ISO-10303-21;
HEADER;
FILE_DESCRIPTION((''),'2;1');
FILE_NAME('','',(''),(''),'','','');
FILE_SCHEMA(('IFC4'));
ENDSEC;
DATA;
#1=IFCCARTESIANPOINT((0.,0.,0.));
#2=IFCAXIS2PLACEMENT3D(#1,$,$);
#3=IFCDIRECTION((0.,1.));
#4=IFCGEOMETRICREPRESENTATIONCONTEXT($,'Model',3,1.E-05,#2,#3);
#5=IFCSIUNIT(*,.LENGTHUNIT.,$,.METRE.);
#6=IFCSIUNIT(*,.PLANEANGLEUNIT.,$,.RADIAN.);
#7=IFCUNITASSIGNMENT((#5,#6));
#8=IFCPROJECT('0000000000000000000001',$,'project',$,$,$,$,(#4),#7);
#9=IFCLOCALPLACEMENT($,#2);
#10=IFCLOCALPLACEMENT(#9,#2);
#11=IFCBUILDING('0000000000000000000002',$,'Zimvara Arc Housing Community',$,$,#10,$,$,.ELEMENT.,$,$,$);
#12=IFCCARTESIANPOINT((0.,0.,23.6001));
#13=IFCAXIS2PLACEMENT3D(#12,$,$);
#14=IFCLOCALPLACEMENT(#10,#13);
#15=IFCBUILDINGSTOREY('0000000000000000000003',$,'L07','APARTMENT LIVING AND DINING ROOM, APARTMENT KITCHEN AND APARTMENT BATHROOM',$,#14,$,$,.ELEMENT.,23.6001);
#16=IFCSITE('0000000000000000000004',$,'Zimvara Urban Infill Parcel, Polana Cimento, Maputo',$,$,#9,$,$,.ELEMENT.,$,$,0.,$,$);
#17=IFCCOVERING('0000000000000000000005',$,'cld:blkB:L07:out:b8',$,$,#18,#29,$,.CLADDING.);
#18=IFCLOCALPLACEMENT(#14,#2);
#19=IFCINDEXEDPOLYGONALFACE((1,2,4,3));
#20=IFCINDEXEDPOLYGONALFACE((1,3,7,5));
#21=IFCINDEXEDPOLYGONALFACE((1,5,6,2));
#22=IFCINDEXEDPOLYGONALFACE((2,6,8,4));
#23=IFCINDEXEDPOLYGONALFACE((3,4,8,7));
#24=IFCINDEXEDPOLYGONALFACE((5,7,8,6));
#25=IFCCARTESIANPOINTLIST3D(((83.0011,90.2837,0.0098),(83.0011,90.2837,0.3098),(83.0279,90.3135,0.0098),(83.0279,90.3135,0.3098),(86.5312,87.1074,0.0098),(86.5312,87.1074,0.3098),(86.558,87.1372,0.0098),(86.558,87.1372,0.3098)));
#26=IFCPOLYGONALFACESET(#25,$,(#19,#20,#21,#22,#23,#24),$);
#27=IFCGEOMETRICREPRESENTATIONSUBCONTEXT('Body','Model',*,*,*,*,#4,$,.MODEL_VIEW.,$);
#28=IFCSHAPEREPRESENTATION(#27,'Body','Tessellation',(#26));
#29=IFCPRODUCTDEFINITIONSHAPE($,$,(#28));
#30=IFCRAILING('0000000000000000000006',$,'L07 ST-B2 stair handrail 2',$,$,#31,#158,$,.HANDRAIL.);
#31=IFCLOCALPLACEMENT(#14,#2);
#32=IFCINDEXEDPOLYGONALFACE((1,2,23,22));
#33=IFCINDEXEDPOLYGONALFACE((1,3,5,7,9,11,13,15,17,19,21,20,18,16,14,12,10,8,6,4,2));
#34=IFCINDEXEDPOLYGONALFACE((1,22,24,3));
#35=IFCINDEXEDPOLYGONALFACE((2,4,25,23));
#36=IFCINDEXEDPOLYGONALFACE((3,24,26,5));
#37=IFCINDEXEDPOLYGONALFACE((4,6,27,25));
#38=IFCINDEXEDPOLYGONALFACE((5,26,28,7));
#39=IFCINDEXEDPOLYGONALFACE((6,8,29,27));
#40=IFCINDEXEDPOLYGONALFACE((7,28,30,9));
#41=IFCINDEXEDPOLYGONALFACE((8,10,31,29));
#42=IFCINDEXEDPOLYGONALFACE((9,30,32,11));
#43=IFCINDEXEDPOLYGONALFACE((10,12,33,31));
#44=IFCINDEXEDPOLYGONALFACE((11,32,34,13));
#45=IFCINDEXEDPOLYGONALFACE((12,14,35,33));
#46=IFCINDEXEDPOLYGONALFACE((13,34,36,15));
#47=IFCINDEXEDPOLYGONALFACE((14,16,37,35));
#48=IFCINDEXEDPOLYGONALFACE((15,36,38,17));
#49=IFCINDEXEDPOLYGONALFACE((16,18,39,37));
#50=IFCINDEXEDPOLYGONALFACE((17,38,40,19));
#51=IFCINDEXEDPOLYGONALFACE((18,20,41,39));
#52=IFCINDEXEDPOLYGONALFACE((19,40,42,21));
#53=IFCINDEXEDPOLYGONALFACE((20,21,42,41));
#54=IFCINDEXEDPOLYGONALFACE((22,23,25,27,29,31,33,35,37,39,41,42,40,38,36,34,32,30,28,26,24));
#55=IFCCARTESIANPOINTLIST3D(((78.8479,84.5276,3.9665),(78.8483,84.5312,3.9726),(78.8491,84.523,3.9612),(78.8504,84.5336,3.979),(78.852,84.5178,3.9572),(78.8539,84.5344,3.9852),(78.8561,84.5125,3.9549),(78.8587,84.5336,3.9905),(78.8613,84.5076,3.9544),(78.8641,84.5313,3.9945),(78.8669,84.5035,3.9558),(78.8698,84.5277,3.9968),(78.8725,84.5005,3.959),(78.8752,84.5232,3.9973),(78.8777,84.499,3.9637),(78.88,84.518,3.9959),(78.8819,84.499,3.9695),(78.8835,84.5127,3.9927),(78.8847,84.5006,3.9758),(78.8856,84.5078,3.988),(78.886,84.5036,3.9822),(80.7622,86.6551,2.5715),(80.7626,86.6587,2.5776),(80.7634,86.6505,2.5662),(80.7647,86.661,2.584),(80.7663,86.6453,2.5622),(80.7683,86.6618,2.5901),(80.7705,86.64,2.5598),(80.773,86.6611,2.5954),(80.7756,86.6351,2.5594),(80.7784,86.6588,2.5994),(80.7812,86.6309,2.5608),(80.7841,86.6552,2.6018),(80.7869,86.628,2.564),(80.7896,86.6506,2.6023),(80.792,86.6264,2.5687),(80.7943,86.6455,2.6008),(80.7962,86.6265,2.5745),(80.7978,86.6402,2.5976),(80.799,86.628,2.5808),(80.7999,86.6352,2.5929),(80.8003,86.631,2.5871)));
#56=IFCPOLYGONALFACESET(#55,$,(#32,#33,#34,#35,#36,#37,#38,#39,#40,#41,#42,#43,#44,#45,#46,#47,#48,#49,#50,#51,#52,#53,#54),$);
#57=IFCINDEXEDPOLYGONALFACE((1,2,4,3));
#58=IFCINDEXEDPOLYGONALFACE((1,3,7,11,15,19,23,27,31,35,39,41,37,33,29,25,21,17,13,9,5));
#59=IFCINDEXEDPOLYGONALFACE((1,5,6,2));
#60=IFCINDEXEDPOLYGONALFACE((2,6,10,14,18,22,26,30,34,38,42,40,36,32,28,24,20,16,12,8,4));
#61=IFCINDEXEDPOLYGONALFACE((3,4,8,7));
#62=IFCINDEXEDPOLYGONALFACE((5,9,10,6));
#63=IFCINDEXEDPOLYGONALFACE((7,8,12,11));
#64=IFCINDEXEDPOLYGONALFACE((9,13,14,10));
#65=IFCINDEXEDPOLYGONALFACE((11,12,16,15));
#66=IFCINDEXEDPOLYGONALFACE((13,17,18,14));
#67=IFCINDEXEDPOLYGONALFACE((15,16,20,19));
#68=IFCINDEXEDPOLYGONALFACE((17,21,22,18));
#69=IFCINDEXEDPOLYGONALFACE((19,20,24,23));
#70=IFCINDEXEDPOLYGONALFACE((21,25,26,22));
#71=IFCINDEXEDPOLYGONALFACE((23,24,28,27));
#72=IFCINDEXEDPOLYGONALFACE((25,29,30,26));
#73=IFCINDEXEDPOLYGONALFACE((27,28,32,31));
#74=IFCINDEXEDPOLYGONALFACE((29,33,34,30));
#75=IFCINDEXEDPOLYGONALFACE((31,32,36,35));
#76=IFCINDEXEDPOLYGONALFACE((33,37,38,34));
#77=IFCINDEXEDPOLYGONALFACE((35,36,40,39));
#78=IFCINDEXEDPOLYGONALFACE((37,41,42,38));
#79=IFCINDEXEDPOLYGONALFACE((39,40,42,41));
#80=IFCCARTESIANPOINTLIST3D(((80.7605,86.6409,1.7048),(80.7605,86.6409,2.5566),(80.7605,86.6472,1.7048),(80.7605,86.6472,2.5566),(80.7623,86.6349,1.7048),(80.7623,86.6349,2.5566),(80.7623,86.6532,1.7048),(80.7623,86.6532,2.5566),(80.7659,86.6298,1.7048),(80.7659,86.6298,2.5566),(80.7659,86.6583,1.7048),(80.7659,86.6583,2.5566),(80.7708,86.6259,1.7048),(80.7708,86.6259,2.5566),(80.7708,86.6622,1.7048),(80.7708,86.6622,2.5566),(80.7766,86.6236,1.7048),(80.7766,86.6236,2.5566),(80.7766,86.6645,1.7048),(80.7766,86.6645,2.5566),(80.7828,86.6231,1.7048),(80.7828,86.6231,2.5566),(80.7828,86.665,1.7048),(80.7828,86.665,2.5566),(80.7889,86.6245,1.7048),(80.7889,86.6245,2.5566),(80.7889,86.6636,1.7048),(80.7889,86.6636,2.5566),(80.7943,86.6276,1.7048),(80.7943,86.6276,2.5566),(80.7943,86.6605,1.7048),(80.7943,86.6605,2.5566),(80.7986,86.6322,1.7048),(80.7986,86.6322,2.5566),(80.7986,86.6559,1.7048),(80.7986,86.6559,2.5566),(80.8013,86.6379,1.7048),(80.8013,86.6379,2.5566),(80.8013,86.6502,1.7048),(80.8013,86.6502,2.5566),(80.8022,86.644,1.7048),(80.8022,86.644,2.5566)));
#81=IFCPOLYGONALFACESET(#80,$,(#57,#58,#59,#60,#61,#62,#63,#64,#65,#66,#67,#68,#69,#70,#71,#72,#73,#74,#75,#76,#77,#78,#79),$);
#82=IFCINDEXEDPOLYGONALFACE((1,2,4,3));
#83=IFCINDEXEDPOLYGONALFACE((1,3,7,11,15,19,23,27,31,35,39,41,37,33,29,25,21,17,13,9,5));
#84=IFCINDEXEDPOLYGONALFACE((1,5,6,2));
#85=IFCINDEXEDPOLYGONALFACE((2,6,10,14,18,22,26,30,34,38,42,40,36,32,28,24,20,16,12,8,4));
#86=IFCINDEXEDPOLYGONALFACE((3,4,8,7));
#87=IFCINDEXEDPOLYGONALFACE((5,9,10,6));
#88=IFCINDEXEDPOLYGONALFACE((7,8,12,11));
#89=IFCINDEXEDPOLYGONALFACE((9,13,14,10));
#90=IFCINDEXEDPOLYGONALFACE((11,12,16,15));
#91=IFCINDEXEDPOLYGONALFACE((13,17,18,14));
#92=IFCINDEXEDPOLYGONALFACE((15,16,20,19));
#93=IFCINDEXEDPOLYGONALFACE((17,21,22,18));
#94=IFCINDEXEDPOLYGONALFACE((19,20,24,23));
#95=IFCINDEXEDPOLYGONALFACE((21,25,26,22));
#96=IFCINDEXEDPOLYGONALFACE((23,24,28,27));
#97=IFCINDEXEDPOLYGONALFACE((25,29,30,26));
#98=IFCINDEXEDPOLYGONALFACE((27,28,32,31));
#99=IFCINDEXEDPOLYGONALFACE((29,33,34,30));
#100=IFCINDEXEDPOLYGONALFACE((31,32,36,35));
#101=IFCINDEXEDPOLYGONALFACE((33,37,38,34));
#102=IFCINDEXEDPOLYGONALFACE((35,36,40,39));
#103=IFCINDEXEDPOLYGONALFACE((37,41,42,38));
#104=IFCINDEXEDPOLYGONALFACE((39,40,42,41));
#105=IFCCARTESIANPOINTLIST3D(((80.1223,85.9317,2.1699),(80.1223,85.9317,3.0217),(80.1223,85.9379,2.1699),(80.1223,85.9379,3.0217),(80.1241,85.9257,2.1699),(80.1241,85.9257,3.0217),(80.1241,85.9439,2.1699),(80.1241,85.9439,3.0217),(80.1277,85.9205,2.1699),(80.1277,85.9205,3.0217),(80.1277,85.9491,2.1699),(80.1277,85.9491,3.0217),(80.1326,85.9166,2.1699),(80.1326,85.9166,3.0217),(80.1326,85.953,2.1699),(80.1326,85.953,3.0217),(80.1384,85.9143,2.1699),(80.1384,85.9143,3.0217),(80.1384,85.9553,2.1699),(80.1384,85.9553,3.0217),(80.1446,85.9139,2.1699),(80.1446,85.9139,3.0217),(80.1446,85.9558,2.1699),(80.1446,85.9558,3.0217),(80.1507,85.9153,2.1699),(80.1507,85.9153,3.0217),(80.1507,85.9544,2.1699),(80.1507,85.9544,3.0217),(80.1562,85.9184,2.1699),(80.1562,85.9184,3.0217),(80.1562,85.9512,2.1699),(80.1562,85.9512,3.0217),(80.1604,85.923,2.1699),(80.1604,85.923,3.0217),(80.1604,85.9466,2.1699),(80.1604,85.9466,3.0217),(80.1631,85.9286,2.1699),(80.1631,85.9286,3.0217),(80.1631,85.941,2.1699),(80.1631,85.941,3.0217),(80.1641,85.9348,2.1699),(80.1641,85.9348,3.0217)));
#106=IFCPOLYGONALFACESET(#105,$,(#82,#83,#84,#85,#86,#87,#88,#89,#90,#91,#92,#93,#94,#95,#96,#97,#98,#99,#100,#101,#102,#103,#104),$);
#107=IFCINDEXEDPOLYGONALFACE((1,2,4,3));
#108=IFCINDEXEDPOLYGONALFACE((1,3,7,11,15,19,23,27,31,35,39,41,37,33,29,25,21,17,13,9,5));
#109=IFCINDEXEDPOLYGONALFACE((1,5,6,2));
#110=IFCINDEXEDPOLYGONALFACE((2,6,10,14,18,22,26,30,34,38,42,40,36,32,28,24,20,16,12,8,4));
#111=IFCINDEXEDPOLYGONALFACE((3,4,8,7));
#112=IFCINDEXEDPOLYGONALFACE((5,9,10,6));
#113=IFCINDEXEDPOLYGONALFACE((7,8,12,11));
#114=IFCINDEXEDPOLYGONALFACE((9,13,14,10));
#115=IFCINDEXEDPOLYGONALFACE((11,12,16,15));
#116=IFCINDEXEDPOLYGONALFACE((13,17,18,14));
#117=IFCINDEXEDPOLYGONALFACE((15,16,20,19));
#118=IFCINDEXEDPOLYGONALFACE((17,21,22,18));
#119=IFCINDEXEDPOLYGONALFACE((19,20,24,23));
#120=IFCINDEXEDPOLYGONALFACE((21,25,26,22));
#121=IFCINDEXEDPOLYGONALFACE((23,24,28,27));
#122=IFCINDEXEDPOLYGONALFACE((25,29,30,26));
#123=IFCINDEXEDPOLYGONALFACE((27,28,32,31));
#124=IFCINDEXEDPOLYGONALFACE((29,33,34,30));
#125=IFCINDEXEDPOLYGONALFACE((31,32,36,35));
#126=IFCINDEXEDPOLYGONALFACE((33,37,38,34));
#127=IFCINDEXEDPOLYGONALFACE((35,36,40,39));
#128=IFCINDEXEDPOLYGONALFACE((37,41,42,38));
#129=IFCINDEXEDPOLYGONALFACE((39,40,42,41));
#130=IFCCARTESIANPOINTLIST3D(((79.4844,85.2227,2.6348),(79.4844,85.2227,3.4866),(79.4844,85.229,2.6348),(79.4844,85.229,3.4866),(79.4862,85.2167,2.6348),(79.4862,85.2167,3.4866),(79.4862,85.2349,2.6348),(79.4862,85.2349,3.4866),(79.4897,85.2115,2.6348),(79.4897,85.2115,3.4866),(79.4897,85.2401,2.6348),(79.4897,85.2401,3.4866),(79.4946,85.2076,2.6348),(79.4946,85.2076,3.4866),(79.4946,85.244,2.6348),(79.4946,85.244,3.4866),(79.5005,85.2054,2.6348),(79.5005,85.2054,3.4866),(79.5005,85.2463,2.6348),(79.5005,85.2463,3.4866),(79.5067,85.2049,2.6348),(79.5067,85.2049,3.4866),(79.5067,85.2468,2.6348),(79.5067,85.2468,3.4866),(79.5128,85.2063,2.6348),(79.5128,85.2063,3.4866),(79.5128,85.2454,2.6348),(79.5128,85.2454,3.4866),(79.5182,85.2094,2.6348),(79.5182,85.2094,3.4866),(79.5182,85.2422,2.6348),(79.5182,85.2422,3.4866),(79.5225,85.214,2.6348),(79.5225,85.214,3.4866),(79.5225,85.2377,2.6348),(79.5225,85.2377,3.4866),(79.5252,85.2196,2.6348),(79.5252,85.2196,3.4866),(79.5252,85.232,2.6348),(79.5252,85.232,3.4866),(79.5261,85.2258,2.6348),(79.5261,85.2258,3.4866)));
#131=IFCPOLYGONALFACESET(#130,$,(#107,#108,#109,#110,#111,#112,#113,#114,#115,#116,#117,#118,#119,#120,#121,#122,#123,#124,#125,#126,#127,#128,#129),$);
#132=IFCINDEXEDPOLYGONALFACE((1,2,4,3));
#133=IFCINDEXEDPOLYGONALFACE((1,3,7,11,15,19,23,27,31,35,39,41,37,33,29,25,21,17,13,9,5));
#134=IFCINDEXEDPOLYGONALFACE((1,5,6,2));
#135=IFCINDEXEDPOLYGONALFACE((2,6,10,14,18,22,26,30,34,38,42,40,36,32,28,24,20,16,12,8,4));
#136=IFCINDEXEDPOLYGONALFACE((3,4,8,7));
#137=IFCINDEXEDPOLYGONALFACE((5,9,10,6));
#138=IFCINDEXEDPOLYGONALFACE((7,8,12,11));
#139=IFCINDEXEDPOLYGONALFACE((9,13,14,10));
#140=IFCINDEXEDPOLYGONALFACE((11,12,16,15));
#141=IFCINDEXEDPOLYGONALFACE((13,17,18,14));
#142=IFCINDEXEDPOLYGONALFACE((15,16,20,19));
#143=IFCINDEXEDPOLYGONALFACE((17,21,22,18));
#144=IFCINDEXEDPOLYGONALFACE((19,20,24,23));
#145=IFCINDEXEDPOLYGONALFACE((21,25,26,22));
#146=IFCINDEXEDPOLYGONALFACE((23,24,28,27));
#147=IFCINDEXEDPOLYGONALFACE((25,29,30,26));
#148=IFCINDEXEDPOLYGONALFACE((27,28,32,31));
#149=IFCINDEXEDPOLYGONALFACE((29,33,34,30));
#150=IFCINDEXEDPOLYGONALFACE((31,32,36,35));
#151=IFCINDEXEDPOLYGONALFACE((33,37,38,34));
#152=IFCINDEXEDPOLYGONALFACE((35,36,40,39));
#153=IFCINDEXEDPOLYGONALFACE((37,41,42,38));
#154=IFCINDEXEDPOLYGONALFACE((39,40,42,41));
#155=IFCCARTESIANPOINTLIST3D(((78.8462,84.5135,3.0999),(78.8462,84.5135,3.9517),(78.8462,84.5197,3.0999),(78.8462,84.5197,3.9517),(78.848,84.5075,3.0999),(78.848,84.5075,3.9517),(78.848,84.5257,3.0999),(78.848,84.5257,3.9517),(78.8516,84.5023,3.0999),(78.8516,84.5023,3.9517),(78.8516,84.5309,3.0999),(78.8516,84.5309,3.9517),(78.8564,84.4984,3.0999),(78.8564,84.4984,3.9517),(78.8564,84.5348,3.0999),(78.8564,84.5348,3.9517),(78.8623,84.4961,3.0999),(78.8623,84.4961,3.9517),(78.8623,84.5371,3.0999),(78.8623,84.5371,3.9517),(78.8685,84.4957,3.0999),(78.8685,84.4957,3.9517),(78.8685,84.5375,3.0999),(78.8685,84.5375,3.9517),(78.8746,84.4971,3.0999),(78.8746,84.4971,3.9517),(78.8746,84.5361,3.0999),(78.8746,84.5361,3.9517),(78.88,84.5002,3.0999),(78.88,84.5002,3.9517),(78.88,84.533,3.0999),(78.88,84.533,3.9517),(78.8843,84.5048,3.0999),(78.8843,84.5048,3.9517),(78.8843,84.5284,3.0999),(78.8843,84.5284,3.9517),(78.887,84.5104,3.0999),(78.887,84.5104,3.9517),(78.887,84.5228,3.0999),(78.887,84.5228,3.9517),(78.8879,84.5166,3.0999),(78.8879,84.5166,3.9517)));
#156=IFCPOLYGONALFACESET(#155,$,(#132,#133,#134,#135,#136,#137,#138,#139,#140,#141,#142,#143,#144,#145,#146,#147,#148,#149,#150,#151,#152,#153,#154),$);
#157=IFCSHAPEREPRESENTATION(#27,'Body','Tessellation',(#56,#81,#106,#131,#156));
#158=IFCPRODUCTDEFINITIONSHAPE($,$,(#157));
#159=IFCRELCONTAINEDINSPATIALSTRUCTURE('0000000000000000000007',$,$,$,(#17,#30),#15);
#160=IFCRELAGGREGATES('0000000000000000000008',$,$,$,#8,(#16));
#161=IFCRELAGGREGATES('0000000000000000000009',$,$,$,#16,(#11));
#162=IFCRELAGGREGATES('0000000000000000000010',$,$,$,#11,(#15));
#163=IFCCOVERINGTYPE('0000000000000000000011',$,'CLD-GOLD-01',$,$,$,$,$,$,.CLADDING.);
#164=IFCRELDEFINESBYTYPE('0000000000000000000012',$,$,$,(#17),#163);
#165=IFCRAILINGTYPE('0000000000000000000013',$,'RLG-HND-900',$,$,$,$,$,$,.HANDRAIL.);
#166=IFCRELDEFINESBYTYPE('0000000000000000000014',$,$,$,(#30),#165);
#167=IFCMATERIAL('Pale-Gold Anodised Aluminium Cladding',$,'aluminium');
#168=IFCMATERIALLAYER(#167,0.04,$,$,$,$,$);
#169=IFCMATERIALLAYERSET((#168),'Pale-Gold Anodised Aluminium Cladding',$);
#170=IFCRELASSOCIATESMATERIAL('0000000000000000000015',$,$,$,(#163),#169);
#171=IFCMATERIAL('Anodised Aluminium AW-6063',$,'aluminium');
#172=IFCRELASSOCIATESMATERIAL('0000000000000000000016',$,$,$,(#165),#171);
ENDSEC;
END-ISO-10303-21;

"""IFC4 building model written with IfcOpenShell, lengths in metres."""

from ifc_helpers import new_model, si_unit, direction, frame, origin, origin_2d, place, context, subcontext, project, spatial, rectangle, circle, extrude, material, layer, layer_set, type_object, element, save


model = new_model("IFC4")

# Units and contexts
model_context = context("Model", 3, precision=1e-05, world=origin(), true_north=direction((0.0, 1.0)))
body_context = subcontext(model_context, "Body", "Model", "MODEL_VIEW")
ifc_project = project(units=[si_unit("LENGTHUNIT", "METRE"), si_unit("PLANEANGLEUNIT", "RADIAN")], contexts=[model_context])

# Site, building, storey
site_placement = place(None, origin())
site = spatial("IfcSite", under=ifc_project, at=site_placement, Name="Zimvara Urban Infill Parcel, Polana Cimento, Maputo", CompositionType="ELEMENT", RefElevation=0.0)
building_placement = place(site_placement, origin())
building = spatial("IfcBuilding", under=site, at=building_placement, Name="Zimvara Arc Housing Community", CompositionType="ELEMENT")
storey_placement = place(building_placement, frame((0.0, 0.0, 23.6001)))
storey = spatial("IfcBuildingStorey", under=building, at=storey_placement, Name="L07", Description="APARTMENT LIVING AND DINING ROOM, APARTMENT KITCHEN AND APARTMENT BATHROOM", CompositionType="ELEMENT", Elevation=23.6001)

# Covering
ifc_material_1 = material(Name="Pale-Gold Anodised Aluminium Cladding", Category="aluminium")
ifc_layer_1 = layer(ifc_material_1, 0.04)
ifc_layer_set_1 = layer_set([ifc_layer_1], Name="Pale-Gold Anodised Aluminium Cladding")
covering_type = type_object("IfcCoveringType", Name="CLD-GOLD-01", PredefinedType="CLADDING", material=ifc_layer_set_1)
covering_placement = place(storey_placement, frame((84.7795, 88.7104, 0.0098), z_axis=(0.0, 0.0, 1.0), x_axis=(0.743377, -0.668872, 0.0)))
element("IfcCovering", 1, at=covering_placement, inside=storey, type_object=covering_type, Name="cld:blkB:L07:out:b8", PredefinedType="CLADDING", context=body_context, shape_type="SweptSolid", body=[
    extrude(rectangle(XDim=4.7488, YDim=0.04, at=origin_2d()), origin(), (0.0, 0.0, 1.0), 0.3),
])

# Railing
ifc_material_2 = material(Name="Anodised Aluminium AW-6063", Category="aluminium")
railing_type = type_object("IfcRailingType", Name="RLG-HND-900", PredefinedType="HANDRAIL", material=ifc_material_2)
railing_placement = place(storey_placement, frame((80.7812, 86.644, 1.7048)))
element("IfcRailing", 2, at=railing_placement, inside=storey, type_object=railing_type, Name="L07 ST-B2 stair handrail 2", PredefinedType="HANDRAIL", context=body_context, shape_type="SweptSolid", body=[
    extrude(circle(Radius=0.0239, at=origin_2d()), frame((0.0, 0.0, 0.876), z_axis=(-0.601263, -0.668206, 0.43816), x_axis=(0.743362, -0.668889, 0.0)), (0.0, 0.0, 1.0), 3.1838),
    extrude(circle(Radius=0.021, at=origin_2d()), origin(), (0.0, 0.0, 1.0), 0.8518),
    extrude(circle(Radius=0.021, at=origin_2d()), frame((-0.6382, -0.7092, 0.4651)), (0.0, 0.0, 1.0), 0.8518),
    extrude(circle(Radius=0.021, at=origin_2d()), frame((-1.2761, -1.4182, 0.9299)), (0.0, 0.0, 1.0), 0.8518),
    extrude(circle(Radius=0.021, at=origin_2d()), frame((-1.9143, -2.1274, 1.395)), (0.0, 0.0, 1.0), 0.8518),
])

save(model, "model.ifc")
